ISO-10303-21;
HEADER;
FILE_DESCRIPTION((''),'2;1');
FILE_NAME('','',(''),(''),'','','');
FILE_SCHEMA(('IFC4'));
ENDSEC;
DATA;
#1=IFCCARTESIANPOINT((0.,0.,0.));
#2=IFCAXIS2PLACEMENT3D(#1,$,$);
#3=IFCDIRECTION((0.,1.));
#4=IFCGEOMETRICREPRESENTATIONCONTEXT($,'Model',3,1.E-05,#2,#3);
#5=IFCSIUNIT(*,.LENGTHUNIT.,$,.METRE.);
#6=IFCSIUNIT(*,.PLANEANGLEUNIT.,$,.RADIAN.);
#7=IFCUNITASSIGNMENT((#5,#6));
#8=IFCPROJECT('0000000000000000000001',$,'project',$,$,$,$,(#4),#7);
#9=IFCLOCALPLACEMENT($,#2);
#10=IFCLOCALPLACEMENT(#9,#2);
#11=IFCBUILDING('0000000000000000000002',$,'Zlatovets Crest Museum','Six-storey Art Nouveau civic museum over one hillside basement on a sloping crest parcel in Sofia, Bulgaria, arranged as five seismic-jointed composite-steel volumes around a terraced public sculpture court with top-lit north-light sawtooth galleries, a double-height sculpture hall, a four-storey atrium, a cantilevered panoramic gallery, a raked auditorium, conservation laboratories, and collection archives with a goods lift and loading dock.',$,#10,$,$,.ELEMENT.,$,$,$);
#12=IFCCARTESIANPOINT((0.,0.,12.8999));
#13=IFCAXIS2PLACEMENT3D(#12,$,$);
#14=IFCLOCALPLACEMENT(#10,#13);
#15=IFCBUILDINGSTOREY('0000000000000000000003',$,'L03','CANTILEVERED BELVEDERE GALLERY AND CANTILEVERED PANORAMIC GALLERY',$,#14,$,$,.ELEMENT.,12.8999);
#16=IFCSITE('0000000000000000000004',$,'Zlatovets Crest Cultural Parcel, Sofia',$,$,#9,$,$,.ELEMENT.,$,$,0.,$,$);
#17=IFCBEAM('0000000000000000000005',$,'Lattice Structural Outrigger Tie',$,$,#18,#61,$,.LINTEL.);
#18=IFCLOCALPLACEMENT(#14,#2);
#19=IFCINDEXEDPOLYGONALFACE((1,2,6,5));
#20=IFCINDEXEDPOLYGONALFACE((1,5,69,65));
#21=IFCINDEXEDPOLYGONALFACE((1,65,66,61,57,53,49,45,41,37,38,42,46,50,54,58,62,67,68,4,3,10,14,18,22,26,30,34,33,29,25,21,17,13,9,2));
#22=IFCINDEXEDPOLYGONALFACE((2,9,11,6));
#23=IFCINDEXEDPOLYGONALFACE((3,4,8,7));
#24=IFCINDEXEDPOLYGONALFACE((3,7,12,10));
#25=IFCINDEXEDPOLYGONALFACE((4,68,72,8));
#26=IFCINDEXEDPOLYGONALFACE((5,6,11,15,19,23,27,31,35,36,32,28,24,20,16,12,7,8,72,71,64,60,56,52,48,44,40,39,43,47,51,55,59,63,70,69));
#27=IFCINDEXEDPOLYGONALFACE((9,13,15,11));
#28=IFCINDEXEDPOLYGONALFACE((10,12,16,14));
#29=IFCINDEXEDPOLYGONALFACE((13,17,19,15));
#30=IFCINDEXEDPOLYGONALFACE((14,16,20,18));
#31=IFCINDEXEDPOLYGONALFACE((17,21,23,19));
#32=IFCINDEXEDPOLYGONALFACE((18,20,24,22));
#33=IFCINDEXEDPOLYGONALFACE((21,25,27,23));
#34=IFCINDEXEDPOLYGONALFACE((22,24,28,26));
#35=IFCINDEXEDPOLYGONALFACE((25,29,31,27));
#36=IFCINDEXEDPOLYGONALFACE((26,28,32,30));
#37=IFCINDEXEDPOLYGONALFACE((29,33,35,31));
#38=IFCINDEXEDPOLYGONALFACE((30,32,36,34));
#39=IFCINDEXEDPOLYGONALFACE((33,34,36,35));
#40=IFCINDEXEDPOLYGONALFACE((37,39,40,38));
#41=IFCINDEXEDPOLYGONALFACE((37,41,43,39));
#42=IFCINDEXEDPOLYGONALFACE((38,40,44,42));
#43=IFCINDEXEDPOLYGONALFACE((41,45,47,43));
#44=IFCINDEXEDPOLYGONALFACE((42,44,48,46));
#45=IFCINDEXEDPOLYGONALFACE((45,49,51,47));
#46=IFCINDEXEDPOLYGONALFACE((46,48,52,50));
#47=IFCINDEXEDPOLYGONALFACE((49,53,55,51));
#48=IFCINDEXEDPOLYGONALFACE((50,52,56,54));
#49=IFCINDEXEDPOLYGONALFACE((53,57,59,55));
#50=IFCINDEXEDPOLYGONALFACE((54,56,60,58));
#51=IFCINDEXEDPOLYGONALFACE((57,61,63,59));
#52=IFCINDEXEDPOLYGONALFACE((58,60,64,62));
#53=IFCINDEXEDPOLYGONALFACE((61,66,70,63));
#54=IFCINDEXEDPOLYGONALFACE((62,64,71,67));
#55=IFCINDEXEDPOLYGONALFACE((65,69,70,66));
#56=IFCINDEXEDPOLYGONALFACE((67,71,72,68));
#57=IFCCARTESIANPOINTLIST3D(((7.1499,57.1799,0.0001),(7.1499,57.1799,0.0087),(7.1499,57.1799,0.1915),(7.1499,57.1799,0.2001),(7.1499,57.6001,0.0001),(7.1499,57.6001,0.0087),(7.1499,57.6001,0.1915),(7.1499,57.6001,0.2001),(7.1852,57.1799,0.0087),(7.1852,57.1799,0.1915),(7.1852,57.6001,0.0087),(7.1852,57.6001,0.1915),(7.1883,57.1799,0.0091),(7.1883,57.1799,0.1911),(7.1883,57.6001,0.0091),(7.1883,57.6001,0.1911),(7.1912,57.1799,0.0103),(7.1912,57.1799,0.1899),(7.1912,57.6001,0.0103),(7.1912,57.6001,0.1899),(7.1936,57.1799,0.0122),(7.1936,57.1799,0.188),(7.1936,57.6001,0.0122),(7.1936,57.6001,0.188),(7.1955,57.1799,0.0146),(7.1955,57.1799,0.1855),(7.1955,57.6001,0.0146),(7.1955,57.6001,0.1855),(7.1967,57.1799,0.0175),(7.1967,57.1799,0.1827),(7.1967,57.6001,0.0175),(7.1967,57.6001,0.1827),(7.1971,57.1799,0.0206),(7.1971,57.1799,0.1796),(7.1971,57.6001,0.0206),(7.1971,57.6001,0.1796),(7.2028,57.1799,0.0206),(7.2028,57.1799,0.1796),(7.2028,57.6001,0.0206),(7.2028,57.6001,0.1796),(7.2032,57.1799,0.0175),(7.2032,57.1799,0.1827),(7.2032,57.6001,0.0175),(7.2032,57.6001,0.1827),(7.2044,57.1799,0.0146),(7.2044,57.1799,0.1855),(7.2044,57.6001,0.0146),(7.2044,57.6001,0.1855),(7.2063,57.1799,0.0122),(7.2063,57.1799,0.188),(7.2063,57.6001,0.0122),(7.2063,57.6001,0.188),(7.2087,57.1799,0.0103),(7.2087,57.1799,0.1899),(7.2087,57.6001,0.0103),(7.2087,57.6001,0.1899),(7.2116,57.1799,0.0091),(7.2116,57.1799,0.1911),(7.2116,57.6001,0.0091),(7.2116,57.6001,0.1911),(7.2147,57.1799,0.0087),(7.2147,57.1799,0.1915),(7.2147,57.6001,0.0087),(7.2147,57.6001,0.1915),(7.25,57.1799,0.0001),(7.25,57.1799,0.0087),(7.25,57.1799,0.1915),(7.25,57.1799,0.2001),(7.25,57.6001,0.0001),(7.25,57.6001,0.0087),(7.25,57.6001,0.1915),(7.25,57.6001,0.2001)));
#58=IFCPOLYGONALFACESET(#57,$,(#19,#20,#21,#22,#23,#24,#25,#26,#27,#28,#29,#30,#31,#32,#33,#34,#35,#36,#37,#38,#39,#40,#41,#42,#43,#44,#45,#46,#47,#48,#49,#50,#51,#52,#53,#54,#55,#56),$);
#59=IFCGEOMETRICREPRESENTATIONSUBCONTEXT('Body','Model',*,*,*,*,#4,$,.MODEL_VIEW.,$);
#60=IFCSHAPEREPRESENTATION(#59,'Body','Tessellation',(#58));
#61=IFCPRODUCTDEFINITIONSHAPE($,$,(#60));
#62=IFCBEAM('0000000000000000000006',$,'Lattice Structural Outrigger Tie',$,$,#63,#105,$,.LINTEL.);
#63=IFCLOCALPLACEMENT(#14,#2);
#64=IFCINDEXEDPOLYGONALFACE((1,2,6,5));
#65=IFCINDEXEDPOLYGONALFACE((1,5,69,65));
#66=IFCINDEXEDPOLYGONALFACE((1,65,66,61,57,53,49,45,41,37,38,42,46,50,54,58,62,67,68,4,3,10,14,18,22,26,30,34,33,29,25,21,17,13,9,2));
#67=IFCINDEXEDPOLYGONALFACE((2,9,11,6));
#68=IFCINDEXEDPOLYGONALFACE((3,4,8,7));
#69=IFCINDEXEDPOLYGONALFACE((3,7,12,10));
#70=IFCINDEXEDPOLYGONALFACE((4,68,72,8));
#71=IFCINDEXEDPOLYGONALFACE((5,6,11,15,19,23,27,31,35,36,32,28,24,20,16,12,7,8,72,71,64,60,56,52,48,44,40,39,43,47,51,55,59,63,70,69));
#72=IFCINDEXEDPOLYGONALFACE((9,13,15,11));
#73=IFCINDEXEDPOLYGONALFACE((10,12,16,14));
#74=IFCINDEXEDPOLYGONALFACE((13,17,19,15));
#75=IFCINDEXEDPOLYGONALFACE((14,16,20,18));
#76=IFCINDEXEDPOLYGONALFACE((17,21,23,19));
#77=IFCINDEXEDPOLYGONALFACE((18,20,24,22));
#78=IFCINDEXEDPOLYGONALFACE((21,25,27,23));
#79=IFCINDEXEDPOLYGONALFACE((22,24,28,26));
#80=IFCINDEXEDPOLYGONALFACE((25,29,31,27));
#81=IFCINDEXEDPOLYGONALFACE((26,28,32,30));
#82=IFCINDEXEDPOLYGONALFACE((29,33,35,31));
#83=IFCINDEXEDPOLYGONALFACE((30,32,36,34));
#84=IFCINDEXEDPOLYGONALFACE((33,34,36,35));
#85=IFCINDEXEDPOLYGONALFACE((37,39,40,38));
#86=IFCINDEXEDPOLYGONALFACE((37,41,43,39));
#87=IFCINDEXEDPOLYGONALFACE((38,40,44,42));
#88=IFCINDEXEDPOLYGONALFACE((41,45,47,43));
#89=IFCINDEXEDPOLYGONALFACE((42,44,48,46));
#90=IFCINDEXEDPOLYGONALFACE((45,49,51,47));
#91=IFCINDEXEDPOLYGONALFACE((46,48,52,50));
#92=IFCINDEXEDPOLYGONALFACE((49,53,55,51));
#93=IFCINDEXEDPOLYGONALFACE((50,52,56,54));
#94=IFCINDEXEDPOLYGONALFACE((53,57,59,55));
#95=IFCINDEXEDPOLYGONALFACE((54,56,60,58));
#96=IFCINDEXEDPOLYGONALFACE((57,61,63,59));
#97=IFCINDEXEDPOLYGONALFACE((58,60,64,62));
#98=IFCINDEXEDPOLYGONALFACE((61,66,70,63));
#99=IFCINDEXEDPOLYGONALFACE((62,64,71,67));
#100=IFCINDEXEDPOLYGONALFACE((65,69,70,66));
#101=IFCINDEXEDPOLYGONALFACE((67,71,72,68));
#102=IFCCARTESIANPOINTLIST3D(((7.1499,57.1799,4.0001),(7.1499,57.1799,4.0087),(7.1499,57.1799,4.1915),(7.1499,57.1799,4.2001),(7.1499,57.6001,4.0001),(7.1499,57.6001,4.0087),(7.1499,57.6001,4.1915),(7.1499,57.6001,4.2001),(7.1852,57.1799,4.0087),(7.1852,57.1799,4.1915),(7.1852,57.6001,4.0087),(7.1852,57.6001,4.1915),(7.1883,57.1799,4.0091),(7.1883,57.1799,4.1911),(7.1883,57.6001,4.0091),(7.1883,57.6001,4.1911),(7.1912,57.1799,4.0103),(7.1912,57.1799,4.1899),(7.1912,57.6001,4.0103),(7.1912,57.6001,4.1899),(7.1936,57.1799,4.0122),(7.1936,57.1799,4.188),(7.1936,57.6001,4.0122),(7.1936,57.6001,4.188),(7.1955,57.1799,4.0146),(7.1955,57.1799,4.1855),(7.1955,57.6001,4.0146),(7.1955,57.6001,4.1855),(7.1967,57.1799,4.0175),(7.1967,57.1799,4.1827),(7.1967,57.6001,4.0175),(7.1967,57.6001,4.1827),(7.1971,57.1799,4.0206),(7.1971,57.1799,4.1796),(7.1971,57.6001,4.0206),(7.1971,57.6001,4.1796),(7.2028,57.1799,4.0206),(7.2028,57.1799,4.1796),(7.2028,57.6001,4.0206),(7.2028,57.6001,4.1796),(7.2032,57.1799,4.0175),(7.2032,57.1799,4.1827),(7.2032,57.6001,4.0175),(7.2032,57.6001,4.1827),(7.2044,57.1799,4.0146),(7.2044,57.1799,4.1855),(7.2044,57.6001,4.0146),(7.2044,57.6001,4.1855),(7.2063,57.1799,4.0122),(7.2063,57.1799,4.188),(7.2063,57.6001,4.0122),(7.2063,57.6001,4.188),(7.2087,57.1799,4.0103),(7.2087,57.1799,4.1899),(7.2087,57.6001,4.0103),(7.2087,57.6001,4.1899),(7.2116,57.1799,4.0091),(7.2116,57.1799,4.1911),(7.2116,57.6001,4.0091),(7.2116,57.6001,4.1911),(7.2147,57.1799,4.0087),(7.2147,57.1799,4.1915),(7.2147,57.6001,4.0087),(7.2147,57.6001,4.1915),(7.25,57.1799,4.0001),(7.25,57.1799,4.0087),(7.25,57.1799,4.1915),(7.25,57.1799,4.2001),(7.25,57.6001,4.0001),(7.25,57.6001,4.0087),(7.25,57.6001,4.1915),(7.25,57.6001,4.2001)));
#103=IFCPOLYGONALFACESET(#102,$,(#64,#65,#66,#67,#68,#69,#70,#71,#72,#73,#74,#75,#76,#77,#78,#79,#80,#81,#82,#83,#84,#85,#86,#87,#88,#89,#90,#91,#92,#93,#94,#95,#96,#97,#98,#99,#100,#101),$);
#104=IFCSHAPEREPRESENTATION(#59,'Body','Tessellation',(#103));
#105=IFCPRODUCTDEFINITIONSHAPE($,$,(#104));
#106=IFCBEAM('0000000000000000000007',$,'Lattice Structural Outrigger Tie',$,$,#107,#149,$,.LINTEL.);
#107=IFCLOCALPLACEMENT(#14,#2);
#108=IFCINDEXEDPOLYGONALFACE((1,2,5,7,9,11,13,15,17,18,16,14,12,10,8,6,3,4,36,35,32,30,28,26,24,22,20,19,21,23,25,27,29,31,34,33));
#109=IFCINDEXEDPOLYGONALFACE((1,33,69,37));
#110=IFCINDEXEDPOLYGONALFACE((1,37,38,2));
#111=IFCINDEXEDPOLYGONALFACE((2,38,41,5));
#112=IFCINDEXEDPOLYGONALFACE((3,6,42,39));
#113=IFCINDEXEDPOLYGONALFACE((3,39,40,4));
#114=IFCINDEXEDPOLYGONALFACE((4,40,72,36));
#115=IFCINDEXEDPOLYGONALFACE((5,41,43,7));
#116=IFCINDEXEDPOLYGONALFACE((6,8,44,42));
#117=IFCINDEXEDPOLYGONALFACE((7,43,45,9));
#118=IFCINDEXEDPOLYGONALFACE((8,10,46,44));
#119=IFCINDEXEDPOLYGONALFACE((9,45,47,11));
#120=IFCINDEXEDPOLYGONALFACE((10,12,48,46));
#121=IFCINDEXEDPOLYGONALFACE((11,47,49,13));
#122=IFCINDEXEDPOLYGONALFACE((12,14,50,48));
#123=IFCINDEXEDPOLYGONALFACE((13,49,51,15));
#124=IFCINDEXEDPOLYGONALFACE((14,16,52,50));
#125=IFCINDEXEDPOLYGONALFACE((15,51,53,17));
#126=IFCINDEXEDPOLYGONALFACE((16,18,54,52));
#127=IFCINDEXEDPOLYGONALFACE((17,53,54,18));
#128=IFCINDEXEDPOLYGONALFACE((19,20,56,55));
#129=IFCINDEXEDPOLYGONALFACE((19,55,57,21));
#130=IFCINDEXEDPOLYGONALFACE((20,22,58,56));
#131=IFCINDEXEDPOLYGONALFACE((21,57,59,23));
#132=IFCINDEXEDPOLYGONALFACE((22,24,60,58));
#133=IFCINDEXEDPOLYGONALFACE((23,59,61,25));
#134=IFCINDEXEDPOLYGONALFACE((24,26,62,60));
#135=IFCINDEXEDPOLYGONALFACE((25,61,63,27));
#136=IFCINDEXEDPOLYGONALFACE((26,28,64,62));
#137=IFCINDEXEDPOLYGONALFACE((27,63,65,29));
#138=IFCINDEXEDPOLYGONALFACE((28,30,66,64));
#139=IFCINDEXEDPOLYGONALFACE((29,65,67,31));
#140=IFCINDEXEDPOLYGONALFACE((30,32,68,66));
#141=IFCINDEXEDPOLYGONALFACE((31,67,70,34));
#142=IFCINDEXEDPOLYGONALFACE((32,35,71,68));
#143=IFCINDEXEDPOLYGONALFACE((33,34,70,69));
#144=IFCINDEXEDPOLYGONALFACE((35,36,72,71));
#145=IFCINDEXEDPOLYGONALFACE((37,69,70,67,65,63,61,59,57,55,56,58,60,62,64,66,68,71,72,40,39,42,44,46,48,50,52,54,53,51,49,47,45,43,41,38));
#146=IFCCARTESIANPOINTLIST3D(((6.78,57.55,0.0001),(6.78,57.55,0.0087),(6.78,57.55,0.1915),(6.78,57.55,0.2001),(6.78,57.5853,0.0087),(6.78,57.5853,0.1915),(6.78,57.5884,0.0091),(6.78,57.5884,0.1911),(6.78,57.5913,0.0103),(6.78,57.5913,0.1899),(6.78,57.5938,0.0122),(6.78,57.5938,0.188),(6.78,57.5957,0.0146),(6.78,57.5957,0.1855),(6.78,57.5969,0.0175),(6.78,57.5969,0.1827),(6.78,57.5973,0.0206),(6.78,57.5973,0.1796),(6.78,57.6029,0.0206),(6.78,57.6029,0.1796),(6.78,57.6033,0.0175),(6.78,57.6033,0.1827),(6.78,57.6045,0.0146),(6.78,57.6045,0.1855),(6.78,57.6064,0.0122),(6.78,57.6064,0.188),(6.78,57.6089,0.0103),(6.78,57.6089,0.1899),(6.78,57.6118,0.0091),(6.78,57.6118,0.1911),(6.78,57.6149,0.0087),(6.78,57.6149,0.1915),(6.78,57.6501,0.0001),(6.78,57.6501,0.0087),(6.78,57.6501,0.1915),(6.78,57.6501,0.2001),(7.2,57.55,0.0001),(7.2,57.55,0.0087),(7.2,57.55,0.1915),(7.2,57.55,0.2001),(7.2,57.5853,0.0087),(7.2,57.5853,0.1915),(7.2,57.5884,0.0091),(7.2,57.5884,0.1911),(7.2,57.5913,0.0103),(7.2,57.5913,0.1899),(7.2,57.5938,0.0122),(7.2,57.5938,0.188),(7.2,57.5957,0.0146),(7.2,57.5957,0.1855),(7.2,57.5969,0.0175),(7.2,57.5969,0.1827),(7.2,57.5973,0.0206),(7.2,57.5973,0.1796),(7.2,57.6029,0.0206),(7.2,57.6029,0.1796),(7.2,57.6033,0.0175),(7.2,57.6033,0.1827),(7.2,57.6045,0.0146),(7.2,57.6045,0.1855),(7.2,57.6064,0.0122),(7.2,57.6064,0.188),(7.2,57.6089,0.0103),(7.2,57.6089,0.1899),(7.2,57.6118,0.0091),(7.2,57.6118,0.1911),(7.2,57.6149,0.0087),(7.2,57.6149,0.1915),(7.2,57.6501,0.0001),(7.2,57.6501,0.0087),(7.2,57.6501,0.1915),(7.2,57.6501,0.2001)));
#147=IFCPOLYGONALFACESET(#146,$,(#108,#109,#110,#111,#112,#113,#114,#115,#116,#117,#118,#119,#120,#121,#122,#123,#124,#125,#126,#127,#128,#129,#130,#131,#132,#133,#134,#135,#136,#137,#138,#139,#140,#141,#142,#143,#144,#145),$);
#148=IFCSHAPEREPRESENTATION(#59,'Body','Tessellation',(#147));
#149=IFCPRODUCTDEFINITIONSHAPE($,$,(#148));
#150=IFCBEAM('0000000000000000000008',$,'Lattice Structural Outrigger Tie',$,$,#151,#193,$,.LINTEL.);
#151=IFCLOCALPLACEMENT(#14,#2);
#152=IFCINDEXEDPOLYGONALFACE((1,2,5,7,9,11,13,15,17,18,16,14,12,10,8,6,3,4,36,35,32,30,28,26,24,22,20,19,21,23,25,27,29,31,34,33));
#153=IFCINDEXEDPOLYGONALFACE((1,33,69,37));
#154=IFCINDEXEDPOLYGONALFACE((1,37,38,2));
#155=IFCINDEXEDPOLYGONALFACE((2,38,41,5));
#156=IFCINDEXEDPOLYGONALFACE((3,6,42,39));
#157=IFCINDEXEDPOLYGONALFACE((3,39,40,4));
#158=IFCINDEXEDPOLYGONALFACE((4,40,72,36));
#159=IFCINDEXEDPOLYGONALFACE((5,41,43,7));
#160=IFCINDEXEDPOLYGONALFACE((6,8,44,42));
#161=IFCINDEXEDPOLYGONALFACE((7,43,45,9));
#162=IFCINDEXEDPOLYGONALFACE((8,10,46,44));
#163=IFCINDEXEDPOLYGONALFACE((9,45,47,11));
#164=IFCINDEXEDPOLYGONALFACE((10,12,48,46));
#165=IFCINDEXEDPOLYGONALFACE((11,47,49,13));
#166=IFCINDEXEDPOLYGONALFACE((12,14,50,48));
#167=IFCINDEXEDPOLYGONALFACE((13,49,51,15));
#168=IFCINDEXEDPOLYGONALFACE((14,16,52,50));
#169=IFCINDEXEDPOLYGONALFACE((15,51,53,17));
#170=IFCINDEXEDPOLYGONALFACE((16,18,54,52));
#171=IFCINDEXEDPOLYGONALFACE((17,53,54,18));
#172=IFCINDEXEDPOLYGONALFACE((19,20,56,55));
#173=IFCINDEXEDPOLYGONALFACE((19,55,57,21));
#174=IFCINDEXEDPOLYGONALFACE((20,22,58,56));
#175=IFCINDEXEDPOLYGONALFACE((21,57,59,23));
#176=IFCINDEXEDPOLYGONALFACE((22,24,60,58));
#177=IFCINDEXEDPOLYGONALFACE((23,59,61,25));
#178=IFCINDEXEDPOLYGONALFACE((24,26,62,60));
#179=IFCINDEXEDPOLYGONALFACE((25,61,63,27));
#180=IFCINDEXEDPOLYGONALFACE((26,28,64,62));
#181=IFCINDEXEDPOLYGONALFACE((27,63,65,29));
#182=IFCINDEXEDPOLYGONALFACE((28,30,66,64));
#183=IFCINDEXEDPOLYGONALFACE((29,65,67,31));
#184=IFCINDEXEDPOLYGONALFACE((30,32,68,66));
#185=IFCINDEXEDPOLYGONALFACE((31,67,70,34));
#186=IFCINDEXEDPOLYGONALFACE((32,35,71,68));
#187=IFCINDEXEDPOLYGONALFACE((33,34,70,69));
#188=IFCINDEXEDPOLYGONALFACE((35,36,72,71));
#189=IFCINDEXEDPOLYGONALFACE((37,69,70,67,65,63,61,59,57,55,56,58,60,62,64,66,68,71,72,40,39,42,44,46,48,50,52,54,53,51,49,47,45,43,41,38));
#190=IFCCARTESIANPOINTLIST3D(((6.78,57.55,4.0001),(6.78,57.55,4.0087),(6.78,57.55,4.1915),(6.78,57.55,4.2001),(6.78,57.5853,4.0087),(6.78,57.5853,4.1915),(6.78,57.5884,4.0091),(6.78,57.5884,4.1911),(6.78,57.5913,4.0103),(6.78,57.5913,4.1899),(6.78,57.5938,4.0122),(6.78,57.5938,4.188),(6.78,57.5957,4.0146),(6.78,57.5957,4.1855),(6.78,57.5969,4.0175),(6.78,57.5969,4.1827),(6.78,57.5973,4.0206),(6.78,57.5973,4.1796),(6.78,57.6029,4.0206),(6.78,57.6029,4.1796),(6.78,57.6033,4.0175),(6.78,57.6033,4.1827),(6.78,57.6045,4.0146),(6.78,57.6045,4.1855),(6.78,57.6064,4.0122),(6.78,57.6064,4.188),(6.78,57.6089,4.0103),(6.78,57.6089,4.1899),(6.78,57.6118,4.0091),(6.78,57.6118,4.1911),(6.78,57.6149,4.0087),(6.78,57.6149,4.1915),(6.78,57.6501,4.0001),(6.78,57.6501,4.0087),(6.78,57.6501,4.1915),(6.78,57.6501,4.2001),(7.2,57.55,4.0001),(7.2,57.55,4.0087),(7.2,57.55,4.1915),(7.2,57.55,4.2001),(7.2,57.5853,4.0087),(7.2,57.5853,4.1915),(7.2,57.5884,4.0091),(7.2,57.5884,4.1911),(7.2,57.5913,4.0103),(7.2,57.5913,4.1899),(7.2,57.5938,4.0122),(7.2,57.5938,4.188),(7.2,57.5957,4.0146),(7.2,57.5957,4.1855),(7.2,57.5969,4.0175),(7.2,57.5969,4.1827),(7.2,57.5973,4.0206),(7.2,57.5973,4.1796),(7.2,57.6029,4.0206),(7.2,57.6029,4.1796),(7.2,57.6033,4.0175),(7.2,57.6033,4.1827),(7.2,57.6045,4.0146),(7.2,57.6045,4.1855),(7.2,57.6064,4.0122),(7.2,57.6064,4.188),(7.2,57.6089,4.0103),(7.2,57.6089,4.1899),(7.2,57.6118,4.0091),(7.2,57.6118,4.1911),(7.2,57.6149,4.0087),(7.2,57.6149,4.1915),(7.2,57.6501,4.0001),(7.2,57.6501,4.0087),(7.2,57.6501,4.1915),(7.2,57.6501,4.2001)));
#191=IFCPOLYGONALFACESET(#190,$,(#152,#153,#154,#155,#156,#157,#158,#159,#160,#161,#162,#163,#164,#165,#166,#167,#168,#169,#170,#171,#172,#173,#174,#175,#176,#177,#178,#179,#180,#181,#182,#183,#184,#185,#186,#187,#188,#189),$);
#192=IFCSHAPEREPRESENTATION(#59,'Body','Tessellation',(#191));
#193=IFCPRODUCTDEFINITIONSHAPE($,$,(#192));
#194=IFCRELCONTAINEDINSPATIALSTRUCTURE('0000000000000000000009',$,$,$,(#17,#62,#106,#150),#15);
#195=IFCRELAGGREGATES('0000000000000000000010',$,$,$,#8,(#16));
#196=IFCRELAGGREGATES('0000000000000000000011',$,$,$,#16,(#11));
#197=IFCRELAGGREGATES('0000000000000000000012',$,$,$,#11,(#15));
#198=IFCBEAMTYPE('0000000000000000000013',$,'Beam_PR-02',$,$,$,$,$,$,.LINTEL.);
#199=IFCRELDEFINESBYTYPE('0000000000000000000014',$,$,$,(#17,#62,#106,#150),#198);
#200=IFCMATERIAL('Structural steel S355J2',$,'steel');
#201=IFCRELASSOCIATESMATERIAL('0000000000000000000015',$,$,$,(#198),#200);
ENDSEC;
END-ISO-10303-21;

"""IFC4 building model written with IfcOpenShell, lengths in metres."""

from ifc_helpers import new_model, si_unit, direction, frame, origin, origin_2d, place, context, subcontext, project, spatial, i_section, extrude, material, material_profile, profile_set, type_object, element, save


model = new_model("IFC4")

# Units and contexts
model_context = context("Model", 3, precision=1e-05, world=origin(), true_north=direction((0.0, 1.0)))
body_context = subcontext(model_context, "Body", "Model", "MODEL_VIEW")
ifc_project = project(units=[si_unit("LENGTHUNIT", "METRE"), si_unit("PLANEANGLEUNIT", "RADIAN")], contexts=[model_context])

# Site, building, storey
site_placement = place(None, origin())
site = spatial("IfcSite", under=ifc_project, at=site_placement, Name="Zlatovets Crest Cultural Parcel, Sofia", CompositionType="ELEMENT", RefElevation=0.0)
building_placement = place(site_placement, origin())
building = spatial("IfcBuilding", under=site, at=building_placement, Name="Zlatovets Crest Museum", Description="Six-storey Art Nouveau civic museum over one hillside basement on a sloping crest parcel in Sofia, Bulgaria, arranged as five seismic-jointed composite-steel volumes around a terraced public sculpture court with top-lit north-light sawtooth galleries, a double-height sculpture hall, a four-storey atrium, a cantilevered panoramic gallery, a raked auditorium, conservation laboratories, and collection archives with a goods lift and loading dock.", CompositionType="ELEMENT")
storey_placement = place(building_placement, frame((0.0, 0.0, 12.8999)))
storey = spatial("IfcBuildingStorey", under=building, at=storey_placement, Name="L03", Description="CANTILEVERED BELVEDERE GALLERY AND CANTILEVERED PANORAMIC GALLERY", CompositionType="ELEMENT", Elevation=12.8999)

# Shared definitions
ifc_material_1 = material(Name="Structural steel S355J2", Category="steel")

# Beams
ifc_material_profile_1 = material_profile(ifc_material_1, i_section(OverallWidth=0.1001, OverallDepth=0.2, WebThickness=0.0056, FlangeThickness=0.0085, FilletRadius=0.012, at=origin_2d()), Name="IPE 200")
ifc_profile_set_1 = profile_set([ifc_material_profile_1], Name="Structural steel S355J2")
beam_type_1 = type_object("IfcBeamType", Name="Beam_PR-02", PredefinedType="LINTEL", material=ifc_profile_set_1)
for number, where, z_axis, x_axis, name in (
    (1, (7.2, 57.6001, 0.1001), (0.0, -1.0, 0.0), (1.0, 0.0, 0.0), "Lattice Structural Outrigger Tie"),
    (2, (7.2, 57.6001, 4.1001), (0.0, -1.0, 0.0), (1.0, 0.0, 0.0), "Lattice Structural Outrigger Tie"),
):
    element("IfcBeam", number, at=place(storey_placement, frame(where, z_axis=z_axis, x_axis=x_axis)), inside=storey, type_object=beam_type_1, Name=name, PredefinedType="LINTEL", context=body_context, shape_type="SweptSolid", body=[
        extrude(i_section(OverallWidth=0.1001, OverallDepth=0.2, WebThickness=0.0056, FlangeThickness=0.0085, FilletRadius=0.012, at=origin_2d()), origin(), (0.0, 0.0, 1.0), 0.4202),
    ])
for number, where, z_axis, x_axis, name in (
    (3, (7.2, 57.6001, 0.1001), (-1.0, 0.0, 0.0), (0.0, -1.0, 0.0), "Lattice Structural Outrigger Tie"),
    (4, (7.2, 57.6001, 4.1001), (-1.0, 0.0, 0.0), (0.0, -1.0, 0.0), "Lattice Structural Outrigger Tie"),
):
    element("IfcBeam", number, at=place(storey_placement, frame(where, z_axis=z_axis, x_axis=x_axis)), inside=storey, type_object=beam_type_1, Name=name, PredefinedType="LINTEL", context=body_context, shape_type="SweptSolid", body=[
        extrude(i_section(OverallWidth=0.1001, OverallDepth=0.2, WebThickness=0.0056, FlangeThickness=0.0085, FilletRadius=0.012, at=origin_2d()), origin(), (0.0, 0.0, 1.0), 0.4199),
    ])

save(model, "model.ifc")
